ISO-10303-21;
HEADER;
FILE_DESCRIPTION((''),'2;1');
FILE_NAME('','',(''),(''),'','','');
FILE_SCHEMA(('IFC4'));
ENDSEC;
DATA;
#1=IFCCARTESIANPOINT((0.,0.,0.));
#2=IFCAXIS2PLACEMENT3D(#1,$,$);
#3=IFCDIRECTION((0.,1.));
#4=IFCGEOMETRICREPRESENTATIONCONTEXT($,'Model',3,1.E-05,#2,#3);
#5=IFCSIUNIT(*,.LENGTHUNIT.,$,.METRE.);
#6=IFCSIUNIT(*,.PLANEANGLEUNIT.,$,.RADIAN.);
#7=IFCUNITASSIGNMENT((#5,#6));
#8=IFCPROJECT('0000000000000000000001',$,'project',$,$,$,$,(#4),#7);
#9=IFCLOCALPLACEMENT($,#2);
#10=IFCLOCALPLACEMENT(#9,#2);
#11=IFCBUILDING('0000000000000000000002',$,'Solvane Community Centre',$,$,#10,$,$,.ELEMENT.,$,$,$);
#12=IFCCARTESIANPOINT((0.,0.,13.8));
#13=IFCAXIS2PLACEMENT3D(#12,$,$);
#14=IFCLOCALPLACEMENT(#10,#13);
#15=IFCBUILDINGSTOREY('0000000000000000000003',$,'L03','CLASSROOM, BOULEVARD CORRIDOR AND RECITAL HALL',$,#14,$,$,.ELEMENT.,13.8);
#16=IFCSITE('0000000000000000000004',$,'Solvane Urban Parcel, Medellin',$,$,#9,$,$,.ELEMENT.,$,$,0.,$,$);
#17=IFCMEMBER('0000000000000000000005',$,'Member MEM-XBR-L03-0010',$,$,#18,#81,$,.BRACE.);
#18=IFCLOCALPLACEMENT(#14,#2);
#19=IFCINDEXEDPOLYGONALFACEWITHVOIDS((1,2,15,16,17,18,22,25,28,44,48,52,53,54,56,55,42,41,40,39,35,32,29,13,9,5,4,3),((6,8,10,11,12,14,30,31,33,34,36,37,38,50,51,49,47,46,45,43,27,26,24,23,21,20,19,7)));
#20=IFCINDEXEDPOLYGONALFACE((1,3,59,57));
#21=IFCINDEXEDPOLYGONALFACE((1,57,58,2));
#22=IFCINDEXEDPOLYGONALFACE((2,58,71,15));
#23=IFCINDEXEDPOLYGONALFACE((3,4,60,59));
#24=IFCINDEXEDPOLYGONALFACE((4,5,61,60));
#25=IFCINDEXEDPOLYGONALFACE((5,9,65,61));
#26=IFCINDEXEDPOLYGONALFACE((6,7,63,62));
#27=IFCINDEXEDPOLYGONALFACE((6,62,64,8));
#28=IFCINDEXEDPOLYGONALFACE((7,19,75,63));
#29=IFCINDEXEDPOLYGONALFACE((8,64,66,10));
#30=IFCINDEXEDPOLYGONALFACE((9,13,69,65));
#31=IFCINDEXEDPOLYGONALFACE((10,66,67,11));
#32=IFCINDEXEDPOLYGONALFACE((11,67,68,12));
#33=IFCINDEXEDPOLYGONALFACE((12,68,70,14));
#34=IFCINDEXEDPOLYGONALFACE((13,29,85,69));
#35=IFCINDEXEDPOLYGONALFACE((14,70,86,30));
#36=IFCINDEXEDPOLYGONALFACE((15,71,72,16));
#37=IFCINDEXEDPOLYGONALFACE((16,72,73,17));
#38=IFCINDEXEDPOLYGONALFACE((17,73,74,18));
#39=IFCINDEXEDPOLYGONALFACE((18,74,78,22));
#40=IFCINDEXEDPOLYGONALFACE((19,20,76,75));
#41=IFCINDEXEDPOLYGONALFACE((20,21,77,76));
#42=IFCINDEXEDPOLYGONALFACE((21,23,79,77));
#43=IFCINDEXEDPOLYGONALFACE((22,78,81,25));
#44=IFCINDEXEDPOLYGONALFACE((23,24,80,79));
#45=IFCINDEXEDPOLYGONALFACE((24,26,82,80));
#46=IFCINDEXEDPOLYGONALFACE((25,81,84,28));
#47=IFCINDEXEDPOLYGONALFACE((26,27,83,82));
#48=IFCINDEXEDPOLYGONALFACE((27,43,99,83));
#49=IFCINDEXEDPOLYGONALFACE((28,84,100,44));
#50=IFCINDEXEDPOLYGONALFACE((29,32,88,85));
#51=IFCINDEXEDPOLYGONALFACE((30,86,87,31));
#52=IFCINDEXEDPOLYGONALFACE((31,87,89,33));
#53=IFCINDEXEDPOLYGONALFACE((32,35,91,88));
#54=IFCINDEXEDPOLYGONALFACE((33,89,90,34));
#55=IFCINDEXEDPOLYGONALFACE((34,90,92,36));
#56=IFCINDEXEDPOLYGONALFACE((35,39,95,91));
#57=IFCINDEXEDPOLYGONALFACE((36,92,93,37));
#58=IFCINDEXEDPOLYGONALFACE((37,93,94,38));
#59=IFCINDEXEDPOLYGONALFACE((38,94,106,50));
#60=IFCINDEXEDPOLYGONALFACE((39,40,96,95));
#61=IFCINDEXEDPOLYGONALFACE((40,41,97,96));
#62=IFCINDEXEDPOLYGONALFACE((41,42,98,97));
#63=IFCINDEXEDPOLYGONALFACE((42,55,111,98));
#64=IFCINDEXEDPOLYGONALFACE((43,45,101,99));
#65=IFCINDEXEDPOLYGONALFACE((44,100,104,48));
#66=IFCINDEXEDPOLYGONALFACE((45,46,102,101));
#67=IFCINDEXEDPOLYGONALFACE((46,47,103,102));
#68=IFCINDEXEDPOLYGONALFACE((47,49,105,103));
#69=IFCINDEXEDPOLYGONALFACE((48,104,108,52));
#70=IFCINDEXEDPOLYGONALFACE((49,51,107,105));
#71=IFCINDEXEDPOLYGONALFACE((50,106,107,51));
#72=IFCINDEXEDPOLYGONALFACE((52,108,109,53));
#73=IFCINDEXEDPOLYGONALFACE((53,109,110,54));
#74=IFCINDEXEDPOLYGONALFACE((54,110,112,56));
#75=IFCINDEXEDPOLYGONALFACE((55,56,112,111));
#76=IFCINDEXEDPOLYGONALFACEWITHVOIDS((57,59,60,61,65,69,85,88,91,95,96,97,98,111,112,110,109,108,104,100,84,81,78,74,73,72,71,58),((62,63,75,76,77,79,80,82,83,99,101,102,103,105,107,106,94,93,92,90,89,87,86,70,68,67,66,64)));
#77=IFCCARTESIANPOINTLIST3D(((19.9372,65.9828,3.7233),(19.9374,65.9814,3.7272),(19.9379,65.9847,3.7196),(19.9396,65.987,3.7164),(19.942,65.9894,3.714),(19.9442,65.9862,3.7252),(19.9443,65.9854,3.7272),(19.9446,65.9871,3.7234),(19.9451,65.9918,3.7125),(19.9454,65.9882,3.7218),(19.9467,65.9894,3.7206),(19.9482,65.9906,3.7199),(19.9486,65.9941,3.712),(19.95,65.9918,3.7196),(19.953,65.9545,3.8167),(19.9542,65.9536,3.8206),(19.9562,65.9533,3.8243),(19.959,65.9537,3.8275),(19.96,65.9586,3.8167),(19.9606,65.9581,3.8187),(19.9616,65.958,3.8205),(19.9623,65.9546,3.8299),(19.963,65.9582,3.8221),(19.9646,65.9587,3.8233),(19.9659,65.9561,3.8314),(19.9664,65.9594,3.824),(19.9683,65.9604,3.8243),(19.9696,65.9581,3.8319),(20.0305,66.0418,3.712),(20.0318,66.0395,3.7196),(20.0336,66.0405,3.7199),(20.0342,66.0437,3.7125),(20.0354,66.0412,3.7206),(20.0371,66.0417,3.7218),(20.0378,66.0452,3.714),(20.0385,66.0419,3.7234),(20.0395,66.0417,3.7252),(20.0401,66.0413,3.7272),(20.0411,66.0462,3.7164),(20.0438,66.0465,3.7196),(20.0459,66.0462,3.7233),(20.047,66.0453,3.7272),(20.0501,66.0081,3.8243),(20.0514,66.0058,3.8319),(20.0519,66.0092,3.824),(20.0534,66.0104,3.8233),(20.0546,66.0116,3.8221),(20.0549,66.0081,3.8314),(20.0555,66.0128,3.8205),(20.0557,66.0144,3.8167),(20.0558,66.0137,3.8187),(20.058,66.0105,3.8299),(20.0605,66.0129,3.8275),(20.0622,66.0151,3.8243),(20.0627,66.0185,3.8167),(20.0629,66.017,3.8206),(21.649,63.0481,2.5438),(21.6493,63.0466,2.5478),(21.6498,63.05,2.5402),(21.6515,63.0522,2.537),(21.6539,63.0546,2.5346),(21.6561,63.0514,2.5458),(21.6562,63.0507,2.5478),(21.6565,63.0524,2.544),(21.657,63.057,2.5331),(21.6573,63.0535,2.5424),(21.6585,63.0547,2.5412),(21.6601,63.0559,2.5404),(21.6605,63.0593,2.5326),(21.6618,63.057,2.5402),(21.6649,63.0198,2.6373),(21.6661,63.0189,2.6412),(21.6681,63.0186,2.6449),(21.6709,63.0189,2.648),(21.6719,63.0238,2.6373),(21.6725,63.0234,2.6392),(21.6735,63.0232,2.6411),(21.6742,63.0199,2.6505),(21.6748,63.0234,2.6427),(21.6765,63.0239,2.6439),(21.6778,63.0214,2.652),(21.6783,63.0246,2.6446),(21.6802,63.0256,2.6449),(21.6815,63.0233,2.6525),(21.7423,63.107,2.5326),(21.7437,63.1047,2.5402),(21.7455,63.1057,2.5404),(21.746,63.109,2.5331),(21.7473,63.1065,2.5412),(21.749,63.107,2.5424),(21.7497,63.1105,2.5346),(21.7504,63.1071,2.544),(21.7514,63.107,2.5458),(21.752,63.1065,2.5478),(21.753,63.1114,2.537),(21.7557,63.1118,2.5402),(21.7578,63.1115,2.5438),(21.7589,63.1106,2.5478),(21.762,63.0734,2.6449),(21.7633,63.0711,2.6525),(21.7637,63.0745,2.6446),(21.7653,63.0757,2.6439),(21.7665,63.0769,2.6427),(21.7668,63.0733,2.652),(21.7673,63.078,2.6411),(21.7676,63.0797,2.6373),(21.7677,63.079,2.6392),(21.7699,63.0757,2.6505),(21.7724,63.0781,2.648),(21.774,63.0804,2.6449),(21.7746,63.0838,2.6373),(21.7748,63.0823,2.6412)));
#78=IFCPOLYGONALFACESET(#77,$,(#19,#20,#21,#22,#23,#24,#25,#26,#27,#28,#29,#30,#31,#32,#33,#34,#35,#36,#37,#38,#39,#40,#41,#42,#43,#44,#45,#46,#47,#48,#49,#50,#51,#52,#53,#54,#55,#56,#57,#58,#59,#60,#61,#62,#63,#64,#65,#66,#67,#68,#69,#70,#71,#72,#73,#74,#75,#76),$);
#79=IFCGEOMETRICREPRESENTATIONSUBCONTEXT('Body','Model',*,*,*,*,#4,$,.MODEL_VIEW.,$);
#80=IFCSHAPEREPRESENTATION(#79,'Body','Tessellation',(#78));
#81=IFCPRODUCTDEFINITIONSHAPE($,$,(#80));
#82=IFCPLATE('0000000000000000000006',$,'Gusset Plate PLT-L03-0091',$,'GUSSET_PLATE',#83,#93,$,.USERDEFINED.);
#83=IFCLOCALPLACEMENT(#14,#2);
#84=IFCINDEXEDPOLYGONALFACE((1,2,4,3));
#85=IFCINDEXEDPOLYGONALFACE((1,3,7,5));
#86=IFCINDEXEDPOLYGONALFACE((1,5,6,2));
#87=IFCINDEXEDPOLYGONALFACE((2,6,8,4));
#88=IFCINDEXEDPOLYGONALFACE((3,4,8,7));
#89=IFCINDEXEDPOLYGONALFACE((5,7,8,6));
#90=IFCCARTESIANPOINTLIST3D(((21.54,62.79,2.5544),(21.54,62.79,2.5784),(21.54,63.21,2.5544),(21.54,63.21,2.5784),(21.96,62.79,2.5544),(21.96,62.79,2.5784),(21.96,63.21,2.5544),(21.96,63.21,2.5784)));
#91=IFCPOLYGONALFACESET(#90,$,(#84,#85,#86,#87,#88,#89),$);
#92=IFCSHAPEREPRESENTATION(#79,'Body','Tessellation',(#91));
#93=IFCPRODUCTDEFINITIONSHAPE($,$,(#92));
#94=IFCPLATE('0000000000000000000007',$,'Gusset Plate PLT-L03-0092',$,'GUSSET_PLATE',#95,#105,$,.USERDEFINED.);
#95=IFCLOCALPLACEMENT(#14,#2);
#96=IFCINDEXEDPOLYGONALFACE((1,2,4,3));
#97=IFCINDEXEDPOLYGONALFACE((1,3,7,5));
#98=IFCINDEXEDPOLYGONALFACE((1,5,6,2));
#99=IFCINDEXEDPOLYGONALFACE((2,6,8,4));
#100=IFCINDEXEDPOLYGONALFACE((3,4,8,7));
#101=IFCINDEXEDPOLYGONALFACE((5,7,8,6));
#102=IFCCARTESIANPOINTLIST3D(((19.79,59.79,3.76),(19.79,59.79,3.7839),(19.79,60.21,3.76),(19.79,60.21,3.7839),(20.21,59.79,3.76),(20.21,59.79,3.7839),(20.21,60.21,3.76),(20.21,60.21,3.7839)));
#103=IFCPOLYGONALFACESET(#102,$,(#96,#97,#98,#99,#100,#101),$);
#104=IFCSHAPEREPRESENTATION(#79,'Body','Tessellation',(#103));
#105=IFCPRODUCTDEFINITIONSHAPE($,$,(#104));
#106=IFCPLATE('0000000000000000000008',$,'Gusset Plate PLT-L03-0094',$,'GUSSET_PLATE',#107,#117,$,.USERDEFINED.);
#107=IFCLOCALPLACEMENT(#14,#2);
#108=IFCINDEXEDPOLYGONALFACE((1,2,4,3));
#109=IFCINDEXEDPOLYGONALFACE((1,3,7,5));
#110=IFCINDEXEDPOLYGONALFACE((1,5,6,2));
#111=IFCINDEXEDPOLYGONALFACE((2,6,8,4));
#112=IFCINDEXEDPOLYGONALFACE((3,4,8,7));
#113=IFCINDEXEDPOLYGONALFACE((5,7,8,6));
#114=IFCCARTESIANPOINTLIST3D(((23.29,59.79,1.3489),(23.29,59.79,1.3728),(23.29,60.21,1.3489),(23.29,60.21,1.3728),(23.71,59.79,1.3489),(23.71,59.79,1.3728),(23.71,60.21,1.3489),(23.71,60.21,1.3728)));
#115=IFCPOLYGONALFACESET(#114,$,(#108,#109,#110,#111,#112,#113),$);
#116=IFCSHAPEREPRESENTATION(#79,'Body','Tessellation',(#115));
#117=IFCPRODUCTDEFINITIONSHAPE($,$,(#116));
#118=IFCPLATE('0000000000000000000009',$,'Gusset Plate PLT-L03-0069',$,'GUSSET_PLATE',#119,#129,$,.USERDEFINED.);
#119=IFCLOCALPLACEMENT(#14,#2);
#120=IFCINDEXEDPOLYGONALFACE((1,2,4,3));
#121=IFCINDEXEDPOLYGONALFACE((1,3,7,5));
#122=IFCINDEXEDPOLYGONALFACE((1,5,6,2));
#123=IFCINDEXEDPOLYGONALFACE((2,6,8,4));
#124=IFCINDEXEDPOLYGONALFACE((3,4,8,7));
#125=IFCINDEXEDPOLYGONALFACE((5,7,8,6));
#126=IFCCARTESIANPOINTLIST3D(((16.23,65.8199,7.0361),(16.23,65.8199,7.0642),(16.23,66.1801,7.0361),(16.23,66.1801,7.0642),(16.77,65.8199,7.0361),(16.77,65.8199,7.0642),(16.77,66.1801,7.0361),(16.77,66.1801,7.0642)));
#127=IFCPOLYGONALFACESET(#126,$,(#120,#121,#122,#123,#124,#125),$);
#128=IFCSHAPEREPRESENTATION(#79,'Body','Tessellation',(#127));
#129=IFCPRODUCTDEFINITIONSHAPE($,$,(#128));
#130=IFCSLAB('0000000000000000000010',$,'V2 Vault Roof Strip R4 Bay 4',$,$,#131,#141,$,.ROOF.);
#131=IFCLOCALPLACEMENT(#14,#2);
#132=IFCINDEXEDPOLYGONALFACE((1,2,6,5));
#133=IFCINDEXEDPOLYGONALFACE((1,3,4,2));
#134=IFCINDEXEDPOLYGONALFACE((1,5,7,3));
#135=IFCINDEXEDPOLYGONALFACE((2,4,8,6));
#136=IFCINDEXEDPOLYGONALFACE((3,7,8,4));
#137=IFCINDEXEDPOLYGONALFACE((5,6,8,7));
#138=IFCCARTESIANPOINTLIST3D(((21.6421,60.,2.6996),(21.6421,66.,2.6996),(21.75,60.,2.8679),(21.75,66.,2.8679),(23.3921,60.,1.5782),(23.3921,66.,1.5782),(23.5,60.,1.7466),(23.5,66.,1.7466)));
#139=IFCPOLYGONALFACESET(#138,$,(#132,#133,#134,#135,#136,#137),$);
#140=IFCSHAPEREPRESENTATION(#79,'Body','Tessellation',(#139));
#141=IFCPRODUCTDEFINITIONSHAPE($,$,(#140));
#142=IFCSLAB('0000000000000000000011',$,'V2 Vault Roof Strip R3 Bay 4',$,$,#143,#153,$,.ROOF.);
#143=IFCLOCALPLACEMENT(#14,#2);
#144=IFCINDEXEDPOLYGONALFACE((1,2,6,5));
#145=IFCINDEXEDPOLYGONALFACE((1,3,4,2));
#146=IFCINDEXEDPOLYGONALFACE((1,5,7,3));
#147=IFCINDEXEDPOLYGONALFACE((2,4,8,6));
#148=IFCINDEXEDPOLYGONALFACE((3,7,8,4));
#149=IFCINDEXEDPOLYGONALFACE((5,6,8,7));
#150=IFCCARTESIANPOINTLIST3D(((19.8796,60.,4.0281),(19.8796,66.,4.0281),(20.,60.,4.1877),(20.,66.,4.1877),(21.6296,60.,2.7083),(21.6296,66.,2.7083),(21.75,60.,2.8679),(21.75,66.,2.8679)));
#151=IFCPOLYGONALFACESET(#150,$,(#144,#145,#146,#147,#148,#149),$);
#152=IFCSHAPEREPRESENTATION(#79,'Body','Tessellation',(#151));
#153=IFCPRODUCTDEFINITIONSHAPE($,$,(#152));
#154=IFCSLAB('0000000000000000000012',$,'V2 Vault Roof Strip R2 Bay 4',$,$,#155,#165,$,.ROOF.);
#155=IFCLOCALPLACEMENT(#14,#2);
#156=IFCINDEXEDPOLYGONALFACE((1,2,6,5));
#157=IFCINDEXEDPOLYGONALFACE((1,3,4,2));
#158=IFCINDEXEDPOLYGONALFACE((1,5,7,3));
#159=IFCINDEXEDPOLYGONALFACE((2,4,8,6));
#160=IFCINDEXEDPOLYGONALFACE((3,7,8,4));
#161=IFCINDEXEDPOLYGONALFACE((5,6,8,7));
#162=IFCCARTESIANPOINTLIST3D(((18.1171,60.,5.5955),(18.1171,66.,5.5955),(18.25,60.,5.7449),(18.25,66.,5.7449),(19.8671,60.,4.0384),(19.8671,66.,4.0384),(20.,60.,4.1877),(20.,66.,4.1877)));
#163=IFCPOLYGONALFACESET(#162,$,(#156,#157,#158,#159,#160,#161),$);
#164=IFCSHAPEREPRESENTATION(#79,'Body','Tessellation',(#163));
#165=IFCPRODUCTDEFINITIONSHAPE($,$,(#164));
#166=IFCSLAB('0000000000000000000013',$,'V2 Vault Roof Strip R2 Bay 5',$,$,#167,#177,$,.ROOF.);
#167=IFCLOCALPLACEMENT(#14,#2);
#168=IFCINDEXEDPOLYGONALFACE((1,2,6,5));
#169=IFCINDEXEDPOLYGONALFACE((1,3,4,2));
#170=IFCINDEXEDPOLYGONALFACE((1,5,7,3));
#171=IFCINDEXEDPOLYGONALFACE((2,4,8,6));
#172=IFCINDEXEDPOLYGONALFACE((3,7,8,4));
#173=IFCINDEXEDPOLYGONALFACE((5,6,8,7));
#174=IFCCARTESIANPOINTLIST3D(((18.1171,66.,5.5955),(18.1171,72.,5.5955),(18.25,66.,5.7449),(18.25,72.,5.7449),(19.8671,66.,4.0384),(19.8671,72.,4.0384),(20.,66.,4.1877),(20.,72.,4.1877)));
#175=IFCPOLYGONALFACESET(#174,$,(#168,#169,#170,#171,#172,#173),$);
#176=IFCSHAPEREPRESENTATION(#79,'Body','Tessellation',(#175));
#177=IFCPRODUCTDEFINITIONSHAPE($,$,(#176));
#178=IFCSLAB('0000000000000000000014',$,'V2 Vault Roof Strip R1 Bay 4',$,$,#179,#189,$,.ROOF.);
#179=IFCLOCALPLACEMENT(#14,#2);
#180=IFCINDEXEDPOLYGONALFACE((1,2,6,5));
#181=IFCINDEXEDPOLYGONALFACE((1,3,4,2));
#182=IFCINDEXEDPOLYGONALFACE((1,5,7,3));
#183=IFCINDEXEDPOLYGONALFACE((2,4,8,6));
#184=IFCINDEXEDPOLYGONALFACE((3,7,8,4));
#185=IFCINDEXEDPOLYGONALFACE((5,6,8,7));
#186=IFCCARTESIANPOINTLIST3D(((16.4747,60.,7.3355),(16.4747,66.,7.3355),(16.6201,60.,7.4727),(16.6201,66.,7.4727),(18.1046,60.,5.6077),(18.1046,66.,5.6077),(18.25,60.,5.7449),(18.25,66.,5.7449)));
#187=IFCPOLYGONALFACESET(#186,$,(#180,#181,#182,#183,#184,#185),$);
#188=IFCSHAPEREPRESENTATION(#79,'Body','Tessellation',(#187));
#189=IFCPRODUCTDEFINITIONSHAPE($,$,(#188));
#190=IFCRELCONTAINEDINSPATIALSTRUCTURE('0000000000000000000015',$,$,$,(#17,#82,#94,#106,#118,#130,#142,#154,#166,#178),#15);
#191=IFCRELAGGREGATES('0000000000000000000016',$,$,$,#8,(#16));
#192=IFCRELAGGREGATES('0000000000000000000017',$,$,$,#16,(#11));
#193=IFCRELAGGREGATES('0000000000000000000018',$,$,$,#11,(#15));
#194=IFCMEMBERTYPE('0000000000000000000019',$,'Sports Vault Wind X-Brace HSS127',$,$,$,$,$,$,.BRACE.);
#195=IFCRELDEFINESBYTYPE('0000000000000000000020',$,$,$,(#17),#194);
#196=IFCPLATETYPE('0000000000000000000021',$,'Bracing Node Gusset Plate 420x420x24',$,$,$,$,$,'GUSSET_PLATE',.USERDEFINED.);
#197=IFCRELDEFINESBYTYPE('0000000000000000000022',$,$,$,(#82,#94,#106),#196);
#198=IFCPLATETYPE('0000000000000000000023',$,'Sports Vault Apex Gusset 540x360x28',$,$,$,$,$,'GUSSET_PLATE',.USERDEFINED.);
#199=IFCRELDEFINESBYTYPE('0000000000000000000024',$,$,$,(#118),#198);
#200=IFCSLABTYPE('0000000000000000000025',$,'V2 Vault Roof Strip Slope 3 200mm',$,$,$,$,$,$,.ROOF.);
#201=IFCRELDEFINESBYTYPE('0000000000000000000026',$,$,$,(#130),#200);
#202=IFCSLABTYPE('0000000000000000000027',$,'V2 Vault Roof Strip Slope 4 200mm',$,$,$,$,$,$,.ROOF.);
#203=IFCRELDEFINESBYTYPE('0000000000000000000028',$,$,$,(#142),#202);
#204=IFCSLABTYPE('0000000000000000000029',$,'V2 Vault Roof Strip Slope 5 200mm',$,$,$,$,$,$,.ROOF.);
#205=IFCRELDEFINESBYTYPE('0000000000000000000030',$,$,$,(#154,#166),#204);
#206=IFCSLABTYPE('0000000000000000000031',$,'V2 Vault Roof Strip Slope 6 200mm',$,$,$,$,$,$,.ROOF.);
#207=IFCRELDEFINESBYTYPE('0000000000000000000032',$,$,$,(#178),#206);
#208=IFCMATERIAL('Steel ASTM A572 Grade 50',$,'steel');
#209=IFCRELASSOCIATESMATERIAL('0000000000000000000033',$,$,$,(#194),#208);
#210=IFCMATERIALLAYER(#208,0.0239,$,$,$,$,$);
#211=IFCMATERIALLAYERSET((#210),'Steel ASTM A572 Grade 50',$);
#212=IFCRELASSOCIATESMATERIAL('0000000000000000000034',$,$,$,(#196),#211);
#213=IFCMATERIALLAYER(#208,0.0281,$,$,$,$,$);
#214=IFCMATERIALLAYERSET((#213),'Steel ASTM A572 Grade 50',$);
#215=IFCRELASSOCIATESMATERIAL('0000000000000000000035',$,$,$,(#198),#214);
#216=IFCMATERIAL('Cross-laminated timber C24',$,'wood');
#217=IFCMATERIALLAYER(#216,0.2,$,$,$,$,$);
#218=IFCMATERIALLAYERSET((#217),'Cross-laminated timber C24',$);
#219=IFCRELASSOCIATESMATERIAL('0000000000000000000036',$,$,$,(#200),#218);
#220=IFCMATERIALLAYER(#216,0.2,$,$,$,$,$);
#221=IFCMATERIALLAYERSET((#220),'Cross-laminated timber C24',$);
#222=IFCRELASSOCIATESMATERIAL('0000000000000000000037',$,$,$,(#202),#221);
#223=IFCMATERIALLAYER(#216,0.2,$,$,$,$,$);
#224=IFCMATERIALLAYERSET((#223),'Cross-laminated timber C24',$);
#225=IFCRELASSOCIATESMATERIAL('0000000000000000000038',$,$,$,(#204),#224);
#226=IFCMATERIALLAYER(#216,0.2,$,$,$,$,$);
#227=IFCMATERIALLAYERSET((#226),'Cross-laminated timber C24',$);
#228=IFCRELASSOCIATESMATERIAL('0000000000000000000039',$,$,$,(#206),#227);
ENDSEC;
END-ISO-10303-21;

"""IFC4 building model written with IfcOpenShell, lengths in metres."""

from ifc_helpers import new_model, si_unit, direction, frame, origin, origin_2d, place, context, subcontext, project, spatial, polyline, rectangle, hollow_rectangle, outline, extrude, material, layer, layer_set, material_profile, profile_set, type_object, element, save


model = new_model("IFC4")

# Units and contexts
model_context = context("Model", 3, precision=1e-05, world=origin(), true_north=direction((0.0, 1.0)))
body_context = subcontext(model_context, "Body", "Model", "MODEL_VIEW")
ifc_project = project(units=[si_unit("LENGTHUNIT", "METRE"), si_unit("PLANEANGLEUNIT", "RADIAN")], contexts=[model_context])

# Site, building, storey
site_placement = place(None, origin())
site = spatial("IfcSite", under=ifc_project, at=site_placement, Name="Solvane Urban Parcel, Medellin", CompositionType="ELEMENT", RefElevation=0.0)
building_placement = place(site_placement, origin())
building = spatial("IfcBuilding", under=site, at=building_placement, Name="Solvane Community Centre", CompositionType="ELEMENT")
storey_placement = place(building_placement, frame((0.0, 0.0, 13.8)))
storey = spatial("IfcBuildingStorey", under=building, at=storey_placement, Name="L03", Description="CLASSROOM, BOULEVARD CORRIDOR AND RECITAL HALL", CompositionType="ELEMENT", Elevation=13.8)

# Member
ifc_material_1 = material(Name="Steel ASTM A572 Grade 50", Category="steel")
ifc_material_profile_1 = material_profile(ifc_material_1, hollow_rectangle(XDim=0.127, YDim=0.127, WallThickness=0.0081, InnerFilletRadius=0.0081, OuterFilletRadius=0.0161, at=origin_2d()), Name="HSS 127x127x8.0")
ifc_profile_set_1 = profile_set([ifc_material_profile_1], Name="Steel ASTM A572 Grade 50")
member_type_1 = type_object("IfcMemberType", Name="Sports Vault Wind X-Brace HSS127", PredefinedType="BRACE", material=ifc_profile_set_1)
for number, where, z_axis, x_axis, name in (
    (1, (21.7119, 63.0652, 2.5925), (-0.475993, 0.816018, 0.327941), (-0.863787, -0.503858, 0.0), "Member MEM-XBR-L03-0010"),
):
    element("IfcMember", number, at=place(storey_placement, frame(where, z_axis=z_axis, x_axis=x_axis)), inside=storey, type_object=member_type_1, Name=name, PredefinedType="BRACE", context=body_context, shape_type="SweptSolid", body=[
        extrude(hollow_rectangle(XDim=0.127, YDim=0.127, WallThickness=0.0081, InnerFilletRadius=0.0081, OuterFilletRadius=0.0161, at=origin_2d()), origin(), (0.0, 0.0, 1.0), 3.5964),
    ])

# Plates
ifc_layer_1 = layer(ifc_material_1, 0.0239)
ifc_layer_set_1 = layer_set([ifc_layer_1], Name="Steel ASTM A572 Grade 50")
plate_type_1 = type_object("IfcPlateType", Name="Bracing Node Gusset Plate 420x420x24", ElementType="GUSSET_PLATE", PredefinedType="USERDEFINED", material=ifc_layer_set_1)
for number, where, z_axis, x_axis, name in (
    (2, (21.75, 63.0, 2.5544), (0.0, 0.0, 1.0), (1.0, 0.0, 0.0), "Gusset Plate PLT-L03-0091"),
    (3, (20.0, 60.0, 3.76), (0.0, 0.0, 1.0), (1.0, 0.0, 0.0), "Gusset Plate PLT-L03-0092"),
    (4, (23.5, 60.0, 1.3489), (0.0, 0.0, 1.0), (1.0, 0.0, 0.0), "Gusset Plate PLT-L03-0094"),
):
    element("IfcPlate", number, at=place(storey_placement, frame(where, z_axis=z_axis, x_axis=x_axis)), inside=storey, type_object=plate_type_1, Name=name, ObjectType="GUSSET_PLATE", PredefinedType="USERDEFINED", context=body_context, shape_type="SweptSolid", body=[
        extrude(rectangle(XDim=0.4199, YDim=0.4199, at=origin_2d()), origin(), (0.0, 0.0, 1.0), 0.0239),
    ])
ifc_layer_2 = layer(ifc_material_1, 0.0281)
ifc_layer_set_2 = layer_set([ifc_layer_2], Name="Steel ASTM A572 Grade 50")
plate_type_2 = type_object("IfcPlateType", Name="Sports Vault Apex Gusset 540x360x28", ElementType="GUSSET_PLATE", PredefinedType="USERDEFINED", material=ifc_layer_set_2)
plate_placement = place(storey_placement, frame((16.5, 66.0, 7.0361), z_axis=(0.0, 0.0, 1.0), x_axis=(1.0, 0.0, 0.0)))
element("IfcPlate", 5, at=plate_placement, inside=storey, type_object=plate_type_2, Name="Gusset Plate PLT-L03-0069", ObjectType="GUSSET_PLATE", PredefinedType="USERDEFINED", context=body_context, shape_type="SweptSolid", body=[
    extrude(rectangle(XDim=0.54, YDim=0.3601, at=origin_2d()), origin(), (0.0, 0.0, 1.0), 0.0281),
])

# Slabs
ifc_material_2 = material(Name="Cross-laminated timber C24", Category="wood")
ifc_layer_3 = layer(ifc_material_2, 0.2)
ifc_layer_set_3 = layer_set([ifc_layer_3], Name="Cross-laminated timber C24")
slab_type_1 = type_object("IfcSlabType", Name="V2 Vault Roof Strip Slope 3 200mm", PredefinedType="ROOF", material=ifc_layer_set_3)
slab_1_placement = place(storey_placement, frame((21.75, 60.0, 2.8679), z_axis=(0.53951, 0.0, 0.841979), x_axis=(0.841979, 0.0, -0.53951)))
element("IfcSlab", 6, at=slab_1_placement, inside=storey, type_object=slab_type_1, Name="V2 Vault Roof Strip R4 Bay 4", PredefinedType="ROOF", context=body_context, shape_type="SweptSolid", body=[
    extrude(outline(polyline([(0.0, 0.0), (2.0784, 0.0), (2.0784, 6.0), (0.0, 6.0), (0.0, 0.0)])), origin(), (0.0, 0.0, -1.0), 0.2),
])
ifc_layer_4 = layer(ifc_material_2, 0.2)
ifc_layer_set_4 = layer_set([ifc_layer_4], Name="Cross-laminated timber C24")
slab_type_2 = type_object("IfcSlabType", Name="V2 Vault Roof Strip Slope 4 200mm", PredefinedType="ROOF", material=ifc_layer_set_4)
slab_2_placement = place(storey_placement, frame((20.0, 60.0, 4.1877), z_axis=(0.602136, 0.0, 0.798393), x_axis=(0.798393, 0.0, -0.602136)))
element("IfcSlab", 7, at=slab_2_placement, inside=storey, type_object=slab_type_2, Name="V2 Vault Roof Strip R3 Bay 4", PredefinedType="ROOF", context=body_context, shape_type="SweptSolid", body=[
    extrude(outline(polyline([(0.0, 0.0), (2.1919, 0.0), (2.1919, 6.0), (0.0, 6.0), (0.0, 0.0)])), origin(), (0.0, 0.0, -1.0), 0.2),
])
ifc_layer_5 = layer(ifc_material_2, 0.2)
ifc_layer_set_5 = layer_set([ifc_layer_5], Name="Cross-laminated timber C24")
slab_type_3 = type_object("IfcSlabType", Name="V2 Vault Roof Strip Slope 5 200mm", PredefinedType="ROOF", material=ifc_layer_set_5)
for number, where, z_axis, x_axis, name in (
    (8, (18.25, 60.0, 5.7449), (0.664739, 0.0, 0.747076), (0.747076, 0.0, -0.664739), "V2 Vault Roof Strip R2 Bay 4"),
    (9, (18.25, 66.0, 5.7449), (0.664739, 0.0, 0.747076), (0.747076, 0.0, -0.664739), "V2 Vault Roof Strip R2 Bay 5"),
):
    element("IfcSlab", number, at=place(storey_placement, frame(where, z_axis=z_axis, x_axis=x_axis)), inside=storey, type_object=slab_type_3, Name=name, PredefinedType="ROOF", context=body_context, shape_type="SweptSolid", body=[
        extrude(outline(polyline([(0.0, 0.0), (2.3425, 0.0), (2.3425, 6.0), (0.0, 6.0), (0.0, 0.0)])), origin(), (0.0, 0.0, -1.0), 0.2),
    ])
ifc_layer_6 = layer(ifc_material_2, 0.2)
ifc_layer_set_6 = layer_set([ifc_layer_6], Name="Cross-laminated timber C24")
slab_type_4 = type_object("IfcSlabType", Name="V2 Vault Roof Strip Slope 6 200mm", PredefinedType="ROOF", material=ifc_layer_set_6)
for number, where, z_axis, x_axis, name in (
    (10, (16.6201, 60.0, 7.4727), (0.727415, 0.0, 0.686198), (0.686198, 0.0, -0.727415), "V2 Vault Roof Strip R1 Bay 4"),
):
    element("IfcSlab", number, at=place(storey_placement, frame(where, z_axis=z_axis, x_axis=x_axis)), inside=storey, type_object=slab_type_4, Name=name, PredefinedType="ROOF", context=body_context, shape_type="SweptSolid", body=[
        extrude(outline(polyline([(0.0, 0.0), (2.3752, 0.0), (2.3752, 6.0), (0.0, 6.0), (0.0, 0.0)])), origin(), (0.0, 0.0, -1.0), 0.2),
    ])

save(model, "model.ifc")
